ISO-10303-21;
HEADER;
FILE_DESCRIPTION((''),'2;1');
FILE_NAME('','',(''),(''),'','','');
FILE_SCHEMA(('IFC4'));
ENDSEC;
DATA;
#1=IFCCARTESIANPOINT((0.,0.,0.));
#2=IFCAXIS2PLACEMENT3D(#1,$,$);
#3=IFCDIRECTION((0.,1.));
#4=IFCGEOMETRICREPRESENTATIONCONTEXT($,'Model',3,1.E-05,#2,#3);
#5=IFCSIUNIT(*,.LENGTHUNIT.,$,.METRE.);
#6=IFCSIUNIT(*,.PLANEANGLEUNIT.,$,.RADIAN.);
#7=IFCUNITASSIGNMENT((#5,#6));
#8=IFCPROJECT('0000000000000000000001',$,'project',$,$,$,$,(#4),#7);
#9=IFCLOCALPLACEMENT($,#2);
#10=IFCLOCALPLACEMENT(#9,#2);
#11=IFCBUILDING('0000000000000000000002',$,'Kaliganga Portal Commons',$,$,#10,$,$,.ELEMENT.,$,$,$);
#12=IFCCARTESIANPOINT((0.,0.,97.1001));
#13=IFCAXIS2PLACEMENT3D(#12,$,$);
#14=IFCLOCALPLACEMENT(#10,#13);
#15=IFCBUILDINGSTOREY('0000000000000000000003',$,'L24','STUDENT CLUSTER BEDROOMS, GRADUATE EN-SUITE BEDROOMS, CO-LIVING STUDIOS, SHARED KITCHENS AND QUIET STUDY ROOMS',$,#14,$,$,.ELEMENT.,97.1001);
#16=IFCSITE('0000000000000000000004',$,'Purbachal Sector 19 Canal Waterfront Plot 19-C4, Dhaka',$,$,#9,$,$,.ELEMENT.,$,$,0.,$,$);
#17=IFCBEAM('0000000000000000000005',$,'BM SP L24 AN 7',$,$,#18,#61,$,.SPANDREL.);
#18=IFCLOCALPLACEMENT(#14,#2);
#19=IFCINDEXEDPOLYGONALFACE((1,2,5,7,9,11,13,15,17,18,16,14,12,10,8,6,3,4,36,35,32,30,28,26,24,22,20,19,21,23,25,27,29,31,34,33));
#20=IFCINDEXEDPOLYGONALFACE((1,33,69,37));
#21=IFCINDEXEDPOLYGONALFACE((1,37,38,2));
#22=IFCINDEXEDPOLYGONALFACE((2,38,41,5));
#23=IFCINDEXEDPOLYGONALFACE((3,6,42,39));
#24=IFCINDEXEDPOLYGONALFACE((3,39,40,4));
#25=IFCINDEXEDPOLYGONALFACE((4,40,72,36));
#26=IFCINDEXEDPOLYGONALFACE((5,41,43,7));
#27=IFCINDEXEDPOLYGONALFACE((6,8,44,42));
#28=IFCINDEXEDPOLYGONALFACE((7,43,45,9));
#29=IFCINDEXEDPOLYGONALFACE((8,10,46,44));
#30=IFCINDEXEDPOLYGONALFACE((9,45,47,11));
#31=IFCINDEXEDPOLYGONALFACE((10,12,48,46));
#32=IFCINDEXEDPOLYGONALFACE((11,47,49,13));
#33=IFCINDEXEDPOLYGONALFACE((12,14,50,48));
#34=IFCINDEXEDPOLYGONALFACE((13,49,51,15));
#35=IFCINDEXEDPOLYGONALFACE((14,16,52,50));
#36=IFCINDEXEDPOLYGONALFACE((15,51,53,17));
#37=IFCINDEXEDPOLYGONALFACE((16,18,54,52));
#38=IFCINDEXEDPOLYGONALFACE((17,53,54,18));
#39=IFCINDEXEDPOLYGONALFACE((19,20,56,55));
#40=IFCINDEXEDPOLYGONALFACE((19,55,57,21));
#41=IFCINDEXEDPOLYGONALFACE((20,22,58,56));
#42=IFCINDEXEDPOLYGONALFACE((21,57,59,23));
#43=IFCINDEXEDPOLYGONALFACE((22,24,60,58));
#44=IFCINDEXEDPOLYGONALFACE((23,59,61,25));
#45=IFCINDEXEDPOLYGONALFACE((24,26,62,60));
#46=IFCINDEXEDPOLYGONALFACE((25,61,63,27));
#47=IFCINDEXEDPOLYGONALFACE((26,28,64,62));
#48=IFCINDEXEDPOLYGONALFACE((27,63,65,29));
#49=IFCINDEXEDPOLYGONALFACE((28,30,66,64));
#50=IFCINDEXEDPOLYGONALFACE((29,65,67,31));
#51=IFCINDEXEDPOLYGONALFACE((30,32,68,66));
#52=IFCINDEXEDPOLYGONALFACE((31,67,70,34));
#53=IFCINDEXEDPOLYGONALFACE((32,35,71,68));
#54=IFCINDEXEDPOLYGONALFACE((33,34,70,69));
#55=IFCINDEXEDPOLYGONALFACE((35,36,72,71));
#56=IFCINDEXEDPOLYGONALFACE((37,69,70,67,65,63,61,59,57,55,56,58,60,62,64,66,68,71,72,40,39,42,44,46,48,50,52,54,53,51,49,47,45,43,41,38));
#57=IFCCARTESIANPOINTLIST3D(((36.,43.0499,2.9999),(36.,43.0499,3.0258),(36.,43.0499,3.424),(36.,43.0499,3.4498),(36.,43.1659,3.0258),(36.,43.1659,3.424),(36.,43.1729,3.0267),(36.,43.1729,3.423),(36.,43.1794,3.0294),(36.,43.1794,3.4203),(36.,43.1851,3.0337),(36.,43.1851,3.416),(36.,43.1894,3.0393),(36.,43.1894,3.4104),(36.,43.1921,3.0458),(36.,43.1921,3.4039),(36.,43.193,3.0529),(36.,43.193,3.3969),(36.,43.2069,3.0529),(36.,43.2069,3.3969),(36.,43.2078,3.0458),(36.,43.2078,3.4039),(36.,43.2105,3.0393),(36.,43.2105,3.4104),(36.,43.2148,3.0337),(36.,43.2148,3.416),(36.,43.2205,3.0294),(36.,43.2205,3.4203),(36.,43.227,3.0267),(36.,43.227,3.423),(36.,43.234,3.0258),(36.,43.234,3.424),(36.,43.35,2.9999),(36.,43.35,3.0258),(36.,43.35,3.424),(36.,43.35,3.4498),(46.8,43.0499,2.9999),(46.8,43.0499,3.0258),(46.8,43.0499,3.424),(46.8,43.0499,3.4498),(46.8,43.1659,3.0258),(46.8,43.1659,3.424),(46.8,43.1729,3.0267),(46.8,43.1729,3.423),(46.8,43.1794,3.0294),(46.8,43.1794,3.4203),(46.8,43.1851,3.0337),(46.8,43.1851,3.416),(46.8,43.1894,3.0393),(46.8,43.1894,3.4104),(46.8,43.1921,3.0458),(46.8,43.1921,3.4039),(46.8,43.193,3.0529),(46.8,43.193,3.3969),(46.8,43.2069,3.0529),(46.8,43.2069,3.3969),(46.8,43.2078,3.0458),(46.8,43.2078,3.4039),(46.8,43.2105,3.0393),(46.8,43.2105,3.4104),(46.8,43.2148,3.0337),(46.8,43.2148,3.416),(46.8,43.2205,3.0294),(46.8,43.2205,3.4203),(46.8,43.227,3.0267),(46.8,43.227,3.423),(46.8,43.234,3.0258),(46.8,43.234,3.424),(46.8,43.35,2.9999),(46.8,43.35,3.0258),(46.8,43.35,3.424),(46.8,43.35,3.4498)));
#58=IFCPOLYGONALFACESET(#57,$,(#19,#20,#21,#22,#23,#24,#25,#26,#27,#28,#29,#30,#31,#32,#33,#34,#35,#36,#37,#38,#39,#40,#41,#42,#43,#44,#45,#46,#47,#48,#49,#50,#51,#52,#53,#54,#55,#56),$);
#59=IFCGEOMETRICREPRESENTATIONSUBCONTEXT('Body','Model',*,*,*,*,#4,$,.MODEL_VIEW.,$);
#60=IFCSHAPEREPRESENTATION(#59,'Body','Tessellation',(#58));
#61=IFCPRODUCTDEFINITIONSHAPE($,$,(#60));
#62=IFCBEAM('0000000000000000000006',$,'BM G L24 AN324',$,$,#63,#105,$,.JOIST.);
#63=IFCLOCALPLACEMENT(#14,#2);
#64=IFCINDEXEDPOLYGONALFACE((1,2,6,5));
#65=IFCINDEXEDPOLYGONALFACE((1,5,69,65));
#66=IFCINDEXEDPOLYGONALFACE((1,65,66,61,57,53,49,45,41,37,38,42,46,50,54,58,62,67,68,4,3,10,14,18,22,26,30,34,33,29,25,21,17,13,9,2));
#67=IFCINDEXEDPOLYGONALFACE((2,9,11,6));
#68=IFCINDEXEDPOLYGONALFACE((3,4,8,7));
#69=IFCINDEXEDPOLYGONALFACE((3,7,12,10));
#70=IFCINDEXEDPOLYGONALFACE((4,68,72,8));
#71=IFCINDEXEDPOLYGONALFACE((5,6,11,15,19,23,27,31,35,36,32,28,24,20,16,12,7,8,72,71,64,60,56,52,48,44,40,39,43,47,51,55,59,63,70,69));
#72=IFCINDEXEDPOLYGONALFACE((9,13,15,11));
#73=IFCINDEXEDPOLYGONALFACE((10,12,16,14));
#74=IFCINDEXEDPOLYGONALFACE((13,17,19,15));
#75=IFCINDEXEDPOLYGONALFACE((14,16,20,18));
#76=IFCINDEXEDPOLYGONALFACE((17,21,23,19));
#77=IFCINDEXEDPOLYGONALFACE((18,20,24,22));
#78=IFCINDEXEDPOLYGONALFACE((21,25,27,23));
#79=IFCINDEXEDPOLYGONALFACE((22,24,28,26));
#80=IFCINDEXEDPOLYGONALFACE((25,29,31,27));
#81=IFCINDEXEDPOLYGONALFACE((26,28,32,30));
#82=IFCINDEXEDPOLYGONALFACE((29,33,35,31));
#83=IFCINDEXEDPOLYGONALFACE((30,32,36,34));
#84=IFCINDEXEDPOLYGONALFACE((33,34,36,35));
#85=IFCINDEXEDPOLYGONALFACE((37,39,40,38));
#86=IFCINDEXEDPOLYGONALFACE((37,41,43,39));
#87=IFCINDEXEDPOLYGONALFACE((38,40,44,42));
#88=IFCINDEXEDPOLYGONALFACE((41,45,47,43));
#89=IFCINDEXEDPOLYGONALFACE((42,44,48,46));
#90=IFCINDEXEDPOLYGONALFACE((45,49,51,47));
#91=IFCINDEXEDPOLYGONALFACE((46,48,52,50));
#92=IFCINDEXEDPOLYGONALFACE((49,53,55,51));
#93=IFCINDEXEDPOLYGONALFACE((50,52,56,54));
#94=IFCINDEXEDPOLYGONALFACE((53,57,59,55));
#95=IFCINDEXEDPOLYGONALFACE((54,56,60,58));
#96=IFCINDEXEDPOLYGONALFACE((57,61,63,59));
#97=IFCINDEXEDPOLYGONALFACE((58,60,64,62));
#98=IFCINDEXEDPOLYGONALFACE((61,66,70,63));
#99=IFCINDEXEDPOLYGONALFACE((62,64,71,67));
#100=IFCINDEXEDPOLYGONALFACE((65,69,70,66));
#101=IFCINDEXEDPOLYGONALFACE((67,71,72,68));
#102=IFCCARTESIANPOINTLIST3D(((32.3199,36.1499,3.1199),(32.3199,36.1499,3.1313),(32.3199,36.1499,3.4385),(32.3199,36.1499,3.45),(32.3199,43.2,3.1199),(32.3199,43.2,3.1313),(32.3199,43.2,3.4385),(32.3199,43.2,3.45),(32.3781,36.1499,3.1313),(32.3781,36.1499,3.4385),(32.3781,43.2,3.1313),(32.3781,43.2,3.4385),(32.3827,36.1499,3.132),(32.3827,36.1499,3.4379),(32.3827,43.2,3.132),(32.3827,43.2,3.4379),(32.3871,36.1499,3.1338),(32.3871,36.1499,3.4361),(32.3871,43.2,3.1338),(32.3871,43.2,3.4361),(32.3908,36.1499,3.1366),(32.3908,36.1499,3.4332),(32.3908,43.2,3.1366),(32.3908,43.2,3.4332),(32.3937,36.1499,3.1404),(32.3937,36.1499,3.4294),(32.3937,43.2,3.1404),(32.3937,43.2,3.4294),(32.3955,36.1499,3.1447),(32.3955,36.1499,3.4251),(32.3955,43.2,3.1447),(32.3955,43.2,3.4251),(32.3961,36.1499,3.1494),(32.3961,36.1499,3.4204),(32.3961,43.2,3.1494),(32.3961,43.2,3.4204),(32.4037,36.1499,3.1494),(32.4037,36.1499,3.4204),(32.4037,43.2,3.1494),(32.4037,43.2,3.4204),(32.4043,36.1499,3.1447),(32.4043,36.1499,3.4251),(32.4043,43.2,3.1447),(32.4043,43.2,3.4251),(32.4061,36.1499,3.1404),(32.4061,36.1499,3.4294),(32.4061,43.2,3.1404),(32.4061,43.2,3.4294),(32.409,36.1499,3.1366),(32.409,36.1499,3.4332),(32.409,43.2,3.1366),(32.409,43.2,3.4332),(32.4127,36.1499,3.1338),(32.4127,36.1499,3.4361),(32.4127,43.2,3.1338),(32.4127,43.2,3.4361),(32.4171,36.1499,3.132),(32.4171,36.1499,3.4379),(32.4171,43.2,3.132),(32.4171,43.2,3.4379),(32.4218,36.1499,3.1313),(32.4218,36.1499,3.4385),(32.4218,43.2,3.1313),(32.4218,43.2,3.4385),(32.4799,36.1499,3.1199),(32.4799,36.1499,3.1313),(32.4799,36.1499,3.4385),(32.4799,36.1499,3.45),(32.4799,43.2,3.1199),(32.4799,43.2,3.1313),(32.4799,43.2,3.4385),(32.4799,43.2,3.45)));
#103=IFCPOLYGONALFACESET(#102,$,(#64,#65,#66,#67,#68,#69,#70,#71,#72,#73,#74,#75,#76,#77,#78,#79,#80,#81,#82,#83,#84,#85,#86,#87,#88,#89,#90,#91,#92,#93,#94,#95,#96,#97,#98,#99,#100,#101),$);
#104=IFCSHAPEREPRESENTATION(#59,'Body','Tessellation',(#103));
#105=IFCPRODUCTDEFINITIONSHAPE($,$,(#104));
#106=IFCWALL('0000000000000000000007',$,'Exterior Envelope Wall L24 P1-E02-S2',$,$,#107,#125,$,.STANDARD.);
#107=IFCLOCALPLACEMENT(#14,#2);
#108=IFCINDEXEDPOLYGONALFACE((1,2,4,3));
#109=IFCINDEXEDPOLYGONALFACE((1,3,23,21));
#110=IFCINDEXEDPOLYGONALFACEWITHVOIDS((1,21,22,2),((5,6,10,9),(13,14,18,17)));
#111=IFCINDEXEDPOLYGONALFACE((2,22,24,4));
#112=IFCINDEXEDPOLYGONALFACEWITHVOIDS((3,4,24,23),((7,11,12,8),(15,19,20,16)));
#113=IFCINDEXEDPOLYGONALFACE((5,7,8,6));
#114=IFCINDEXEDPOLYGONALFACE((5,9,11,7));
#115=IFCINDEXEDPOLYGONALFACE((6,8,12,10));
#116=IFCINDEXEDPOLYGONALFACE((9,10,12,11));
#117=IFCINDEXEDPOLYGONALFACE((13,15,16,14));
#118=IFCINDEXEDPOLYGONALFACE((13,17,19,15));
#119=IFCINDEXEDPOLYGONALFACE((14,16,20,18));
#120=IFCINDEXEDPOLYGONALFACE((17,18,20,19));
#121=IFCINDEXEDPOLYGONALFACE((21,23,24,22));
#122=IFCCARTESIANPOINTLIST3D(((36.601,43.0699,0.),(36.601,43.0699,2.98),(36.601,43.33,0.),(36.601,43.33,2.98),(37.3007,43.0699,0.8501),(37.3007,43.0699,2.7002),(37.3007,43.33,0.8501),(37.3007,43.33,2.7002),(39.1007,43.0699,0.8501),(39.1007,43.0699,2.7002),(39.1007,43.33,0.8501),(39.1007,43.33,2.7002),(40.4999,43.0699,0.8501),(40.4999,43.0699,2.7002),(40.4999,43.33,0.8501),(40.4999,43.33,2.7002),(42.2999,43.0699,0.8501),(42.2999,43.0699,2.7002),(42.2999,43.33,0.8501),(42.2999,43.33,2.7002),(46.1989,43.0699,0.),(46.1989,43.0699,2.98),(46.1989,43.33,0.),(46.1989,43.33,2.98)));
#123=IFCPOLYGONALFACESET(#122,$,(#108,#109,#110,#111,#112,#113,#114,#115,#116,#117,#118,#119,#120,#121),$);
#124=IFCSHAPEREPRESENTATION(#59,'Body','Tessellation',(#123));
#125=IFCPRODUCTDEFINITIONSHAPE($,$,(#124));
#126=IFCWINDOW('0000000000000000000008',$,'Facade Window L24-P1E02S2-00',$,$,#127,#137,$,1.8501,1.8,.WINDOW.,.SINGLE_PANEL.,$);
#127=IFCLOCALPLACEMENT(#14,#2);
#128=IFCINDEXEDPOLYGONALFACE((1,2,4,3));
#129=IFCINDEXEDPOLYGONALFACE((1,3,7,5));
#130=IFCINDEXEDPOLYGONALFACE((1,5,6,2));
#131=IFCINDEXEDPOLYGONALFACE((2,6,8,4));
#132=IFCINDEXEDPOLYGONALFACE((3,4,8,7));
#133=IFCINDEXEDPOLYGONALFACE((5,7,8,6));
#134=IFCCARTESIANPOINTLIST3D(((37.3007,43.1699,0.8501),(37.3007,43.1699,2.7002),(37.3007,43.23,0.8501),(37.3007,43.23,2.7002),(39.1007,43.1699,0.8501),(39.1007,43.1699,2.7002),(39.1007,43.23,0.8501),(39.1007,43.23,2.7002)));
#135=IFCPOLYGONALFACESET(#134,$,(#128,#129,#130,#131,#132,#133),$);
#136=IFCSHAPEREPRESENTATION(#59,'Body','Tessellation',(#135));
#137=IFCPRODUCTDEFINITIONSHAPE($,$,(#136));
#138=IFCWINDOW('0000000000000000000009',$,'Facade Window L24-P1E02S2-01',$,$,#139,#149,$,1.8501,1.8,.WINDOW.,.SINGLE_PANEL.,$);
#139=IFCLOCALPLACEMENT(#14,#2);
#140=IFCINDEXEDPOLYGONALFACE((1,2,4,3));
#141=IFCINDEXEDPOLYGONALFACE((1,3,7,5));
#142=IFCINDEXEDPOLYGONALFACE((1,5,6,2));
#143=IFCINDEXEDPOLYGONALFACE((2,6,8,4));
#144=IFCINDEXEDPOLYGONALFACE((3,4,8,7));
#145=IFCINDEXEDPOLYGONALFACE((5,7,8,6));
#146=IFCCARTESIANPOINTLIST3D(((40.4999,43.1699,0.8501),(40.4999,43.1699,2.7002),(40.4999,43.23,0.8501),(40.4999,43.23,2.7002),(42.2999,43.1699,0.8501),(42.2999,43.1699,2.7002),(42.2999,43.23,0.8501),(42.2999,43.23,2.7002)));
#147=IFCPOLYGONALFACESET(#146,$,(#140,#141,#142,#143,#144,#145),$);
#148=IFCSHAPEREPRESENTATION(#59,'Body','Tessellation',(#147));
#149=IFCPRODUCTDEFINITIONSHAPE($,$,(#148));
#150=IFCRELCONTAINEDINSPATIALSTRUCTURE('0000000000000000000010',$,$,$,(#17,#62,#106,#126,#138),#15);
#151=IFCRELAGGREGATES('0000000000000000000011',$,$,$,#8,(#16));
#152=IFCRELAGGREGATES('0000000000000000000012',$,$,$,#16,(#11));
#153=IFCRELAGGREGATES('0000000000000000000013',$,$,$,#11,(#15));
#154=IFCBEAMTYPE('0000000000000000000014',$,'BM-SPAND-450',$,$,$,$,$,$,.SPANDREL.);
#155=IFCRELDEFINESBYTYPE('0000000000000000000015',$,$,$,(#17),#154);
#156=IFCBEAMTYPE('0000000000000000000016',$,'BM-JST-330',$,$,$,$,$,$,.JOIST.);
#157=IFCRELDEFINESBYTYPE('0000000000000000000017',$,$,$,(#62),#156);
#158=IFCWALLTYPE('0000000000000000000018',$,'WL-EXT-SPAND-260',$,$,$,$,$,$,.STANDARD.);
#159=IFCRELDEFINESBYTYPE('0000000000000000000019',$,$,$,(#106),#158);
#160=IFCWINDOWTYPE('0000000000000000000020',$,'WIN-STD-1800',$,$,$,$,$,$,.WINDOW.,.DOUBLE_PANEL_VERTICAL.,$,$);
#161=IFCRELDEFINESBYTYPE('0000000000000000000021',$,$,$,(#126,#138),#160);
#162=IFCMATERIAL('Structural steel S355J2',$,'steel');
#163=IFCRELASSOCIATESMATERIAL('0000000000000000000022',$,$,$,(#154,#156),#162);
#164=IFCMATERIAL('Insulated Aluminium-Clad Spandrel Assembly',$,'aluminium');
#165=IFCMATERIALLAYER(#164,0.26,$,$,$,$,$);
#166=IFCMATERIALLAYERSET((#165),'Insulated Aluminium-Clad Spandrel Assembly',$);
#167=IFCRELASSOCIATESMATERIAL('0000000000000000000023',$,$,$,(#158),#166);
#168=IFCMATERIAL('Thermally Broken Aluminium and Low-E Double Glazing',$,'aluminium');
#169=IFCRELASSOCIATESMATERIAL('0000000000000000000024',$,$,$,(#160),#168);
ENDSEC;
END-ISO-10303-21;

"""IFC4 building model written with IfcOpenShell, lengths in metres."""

from ifc_helpers import new_model, si_unit, direction, frame, frame_2d, origin, origin_2d, place, context, subcontext, project, spatial, rectangle, i_section, extrude, source, transform, mapped, material, layer, layer_set, material_profile, profile_set, type_object, element, fill, save


model = new_model("IFC4")

# Units and contexts
model_context = context("Model", 3, precision=1e-05, world=origin(), true_north=direction((0.0, 1.0)))
body_context = subcontext(model_context, "Body", "Model", "MODEL_VIEW")
ifc_project = project(units=[si_unit("LENGTHUNIT", "METRE"), si_unit("PLANEANGLEUNIT", "RADIAN")], contexts=[model_context])

# Site, building, storey
site_placement = place(None, origin())
site = spatial("IfcSite", under=ifc_project, at=site_placement, Name="Purbachal Sector 19 Canal Waterfront Plot 19-C4, Dhaka", CompositionType="ELEMENT", RefElevation=0.0)
building_placement = place(site_placement, origin())
building = spatial("IfcBuilding", under=site, at=building_placement, Name="Kaliganga Portal Commons", CompositionType="ELEMENT")
storey_placement = place(building_placement, frame((0.0, 0.0, 97.1001)))
storey = spatial("IfcBuildingStorey", under=building, at=storey_placement, Name="L24", Description="STUDENT CLUSTER BEDROOMS, GRADUATE EN-SUITE BEDROOMS, CO-LIVING STUDIOS, SHARED KITCHENS AND QUIET STUDY ROOMS", CompositionType="ELEMENT", Elevation=97.1001)

# Beams
ifc_material_1 = material(Name="Structural steel S355J2", Category="steel")
ifc_material_profile_1 = material_profile(ifc_material_1, i_section(OverallWidth=0.3, OverallDepth=0.45, WebThickness=0.0139, FlangeThickness=0.0259, FilletRadius=0.0271, at=origin_2d()), Name="HE 450 B")
ifc_profile_set_1 = profile_set([ifc_material_profile_1], Name="Structural steel S355J2 wide-flange")
beam_type_1 = type_object("IfcBeamType", Name="BM-SPAND-450", PredefinedType="SPANDREL", material=ifc_profile_set_1)
shared_shape_1 = source(origin(), body_context, "Body", "SweptSolid", [
    extrude(i_section(OverallWidth=0.3, OverallDepth=0.45, WebThickness=0.0139, FlangeThickness=0.0259, FilletRadius=0.0271, at=origin_2d()), origin(), (0.0, 0.0, 1.0), 10.8),
])
beam_1_placement = place(storey_placement, frame((36.0, 43.2, 3.2249), z_axis=(1.0, 0.0, 0.0), x_axis=(0.0, 1.0, 0.0)))
element("IfcBeam", 1, at=beam_1_placement, inside=storey, type_object=beam_type_1, Name="BM SP L24 AN 7", PredefinedType="SPANDREL", context=body_context, shape_type="MappedRepresentation", body=[
    mapped(shared_shape_1, transform((0.0, 0.0, 0.0), x_axis=(1.0, 0.0, 0.0), y_axis=(0.0, 1.0, 0.0), z_axis=(0.0, 0.0, 1.0), scale=1.0)),
])
ifc_material_profile_2 = material_profile(ifc_material_1, i_section(OverallWidth=0.1599, OverallDepth=0.3301, WebThickness=0.0076, FlangeThickness=0.0115, FilletRadius=0.0181, at=origin_2d()), Name="IPE 330")
ifc_profile_set_2 = profile_set([ifc_material_profile_2], Name="Structural steel S355J2 wide-flange")
beam_type_2 = type_object("IfcBeamType", Name="BM-JST-330", PredefinedType="JOIST", material=ifc_profile_set_2)
shared_shape_2 = source(origin(), body_context, "Body", "SweptSolid", [
    extrude(i_section(OverallWidth=0.1599, OverallDepth=0.3301, WebThickness=0.0076, FlangeThickness=0.0115, FilletRadius=0.0181, at=origin_2d()), origin(), (0.0, 0.0, 1.0), 7.05),
])
beam_2_placement = place(storey_placement, frame((32.3999, 36.1499, 3.2849), z_axis=(0.0, 1.0, 0.0), x_axis=(-1.0, 0.0, 0.0)))
element("IfcBeam", 2, at=beam_2_placement, inside=storey, type_object=beam_type_2, Name="BM G L24 AN324", PredefinedType="JOIST", context=body_context, shape_type="MappedRepresentation", body=[
    mapped(shared_shape_2, transform((0.0, 0.0, 0.0), x_axis=(1.0, 0.0, 0.0), y_axis=(0.0, 1.0, 0.0), z_axis=(0.0, 0.0, 1.0), scale=1.0)),
])

# Wall, openings, windows
ifc_material_2 = material(Name="Insulated Aluminium-Clad Spandrel Assembly", Category="aluminium")
ifc_layer_1 = layer(ifc_material_2, 0.26)
ifc_layer_set_1 = layer_set([ifc_layer_1], Name="Insulated Aluminium-Clad Spandrel Assembly")
wall_type_1 = type_object("IfcWallType", Name="WL-EXT-SPAND-260", PredefinedType="STANDARD", material=ifc_layer_set_1)
wall_1_placement = place(storey_placement, frame((36.6011, 43.2, 0.0), z_axis=(0.0, 0.0, 1.0), x_axis=(1.0, 0.0, 0.0)))
wall_1 = element("IfcWall", 3, at=wall_1_placement, inside=storey, type_object=wall_type_1, Name="Exterior Envelope Wall L24 P1-E02-S2", PredefinedType="STANDARD", context=body_context, shape_type="SweptSolid", body=[
    extrude(rectangle(XDim=9.5979, YDim=0.26, at=frame_2d((4.7988, 0.0))), origin(), (0.0, 0.0, 1.0), 2.98),
])
opening_1_placement = place(wall_1_placement, frame((0.6997, 0.0, 0.8501)))
opening_1 = element("IfcOpeningElement", 4, at=opening_1_placement, cuts=wall_1, PredefinedType="OPENING", context=body_context, shape_type="SweptSolid", body=[
    extrude(rectangle(XDim=1.8, YDim=1.8501, at=frame_2d((0.8999, 0.925))), frame((0.0, 0.1401, 0.0), z_axis=(0.0, -1.0, 0.0), x_axis=(1.0, 0.0, 0.0)), (0.0, 0.0, 1.0), 0.28),
])
opening_2_placement = place(wall_1_placement, frame((3.8989, 0.0, 0.8501)))
opening_2 = element("IfcOpeningElement", 5, at=opening_2_placement, cuts=wall_1, PredefinedType="OPENING", context=body_context, shape_type="SweptSolid", body=[
    extrude(rectangle(XDim=1.8, YDim=1.8501, at=frame_2d((0.8999, 0.925))), frame((0.0, 0.1401, 0.0), z_axis=(0.0, -1.0, 0.0), x_axis=(1.0, 0.0, 0.0)), (0.0, 0.0, 1.0), 0.28),
])
ifc_material_3 = material(Name="Thermally Broken Aluminium and Low-E Double Glazing", Category="aluminium")
window_type_1 = type_object("IfcWindowType", Name="WIN-STD-1800", PartitioningType="DOUBLE_PANEL_VERTICAL", PredefinedType="WINDOW", material=ifc_material_3)
window_1_placement = place(opening_1_placement, origin())
window_1 = element("IfcWindow", 6, at=window_1_placement, inside=storey, type_object=window_type_1, Name="Facade Window L24-P1E02S2-00", OverallHeight=1.8501, OverallWidth=1.8, PartitioningType="SINGLE_PANEL", PredefinedType="WINDOW", context=body_context, shape_type="SweptSolid", body=[
    extrude(rectangle(XDim=1.8, YDim=1.8501, at=frame_2d((0.8999, 0.925))), frame((0.0, 0.03, 0.0), z_axis=(0.0, -1.0, 0.0), x_axis=(1.0, 0.0, 0.0)), (0.0, 0.0, 1.0), 0.0601),
])
fill(opening_1, window_1)
window_2_placement = place(opening_2_placement, origin())
window_2 = element("IfcWindow", 7, at=window_2_placement, inside=storey, type_object=window_type_1, Name="Facade Window L24-P1E02S2-01", OverallHeight=1.8501, OverallWidth=1.8, PartitioningType="SINGLE_PANEL", PredefinedType="WINDOW", context=body_context, shape_type="SweptSolid", body=[
    extrude(rectangle(XDim=1.8, YDim=1.8501, at=frame_2d((0.8999, 0.925))), frame((0.0, 0.03, 0.0), z_axis=(0.0, -1.0, 0.0), x_axis=(1.0, 0.0, 0.0)), (0.0, 0.0, 1.0), 0.0601),
])
fill(opening_2, window_2)

save(model, "model.ifc")
